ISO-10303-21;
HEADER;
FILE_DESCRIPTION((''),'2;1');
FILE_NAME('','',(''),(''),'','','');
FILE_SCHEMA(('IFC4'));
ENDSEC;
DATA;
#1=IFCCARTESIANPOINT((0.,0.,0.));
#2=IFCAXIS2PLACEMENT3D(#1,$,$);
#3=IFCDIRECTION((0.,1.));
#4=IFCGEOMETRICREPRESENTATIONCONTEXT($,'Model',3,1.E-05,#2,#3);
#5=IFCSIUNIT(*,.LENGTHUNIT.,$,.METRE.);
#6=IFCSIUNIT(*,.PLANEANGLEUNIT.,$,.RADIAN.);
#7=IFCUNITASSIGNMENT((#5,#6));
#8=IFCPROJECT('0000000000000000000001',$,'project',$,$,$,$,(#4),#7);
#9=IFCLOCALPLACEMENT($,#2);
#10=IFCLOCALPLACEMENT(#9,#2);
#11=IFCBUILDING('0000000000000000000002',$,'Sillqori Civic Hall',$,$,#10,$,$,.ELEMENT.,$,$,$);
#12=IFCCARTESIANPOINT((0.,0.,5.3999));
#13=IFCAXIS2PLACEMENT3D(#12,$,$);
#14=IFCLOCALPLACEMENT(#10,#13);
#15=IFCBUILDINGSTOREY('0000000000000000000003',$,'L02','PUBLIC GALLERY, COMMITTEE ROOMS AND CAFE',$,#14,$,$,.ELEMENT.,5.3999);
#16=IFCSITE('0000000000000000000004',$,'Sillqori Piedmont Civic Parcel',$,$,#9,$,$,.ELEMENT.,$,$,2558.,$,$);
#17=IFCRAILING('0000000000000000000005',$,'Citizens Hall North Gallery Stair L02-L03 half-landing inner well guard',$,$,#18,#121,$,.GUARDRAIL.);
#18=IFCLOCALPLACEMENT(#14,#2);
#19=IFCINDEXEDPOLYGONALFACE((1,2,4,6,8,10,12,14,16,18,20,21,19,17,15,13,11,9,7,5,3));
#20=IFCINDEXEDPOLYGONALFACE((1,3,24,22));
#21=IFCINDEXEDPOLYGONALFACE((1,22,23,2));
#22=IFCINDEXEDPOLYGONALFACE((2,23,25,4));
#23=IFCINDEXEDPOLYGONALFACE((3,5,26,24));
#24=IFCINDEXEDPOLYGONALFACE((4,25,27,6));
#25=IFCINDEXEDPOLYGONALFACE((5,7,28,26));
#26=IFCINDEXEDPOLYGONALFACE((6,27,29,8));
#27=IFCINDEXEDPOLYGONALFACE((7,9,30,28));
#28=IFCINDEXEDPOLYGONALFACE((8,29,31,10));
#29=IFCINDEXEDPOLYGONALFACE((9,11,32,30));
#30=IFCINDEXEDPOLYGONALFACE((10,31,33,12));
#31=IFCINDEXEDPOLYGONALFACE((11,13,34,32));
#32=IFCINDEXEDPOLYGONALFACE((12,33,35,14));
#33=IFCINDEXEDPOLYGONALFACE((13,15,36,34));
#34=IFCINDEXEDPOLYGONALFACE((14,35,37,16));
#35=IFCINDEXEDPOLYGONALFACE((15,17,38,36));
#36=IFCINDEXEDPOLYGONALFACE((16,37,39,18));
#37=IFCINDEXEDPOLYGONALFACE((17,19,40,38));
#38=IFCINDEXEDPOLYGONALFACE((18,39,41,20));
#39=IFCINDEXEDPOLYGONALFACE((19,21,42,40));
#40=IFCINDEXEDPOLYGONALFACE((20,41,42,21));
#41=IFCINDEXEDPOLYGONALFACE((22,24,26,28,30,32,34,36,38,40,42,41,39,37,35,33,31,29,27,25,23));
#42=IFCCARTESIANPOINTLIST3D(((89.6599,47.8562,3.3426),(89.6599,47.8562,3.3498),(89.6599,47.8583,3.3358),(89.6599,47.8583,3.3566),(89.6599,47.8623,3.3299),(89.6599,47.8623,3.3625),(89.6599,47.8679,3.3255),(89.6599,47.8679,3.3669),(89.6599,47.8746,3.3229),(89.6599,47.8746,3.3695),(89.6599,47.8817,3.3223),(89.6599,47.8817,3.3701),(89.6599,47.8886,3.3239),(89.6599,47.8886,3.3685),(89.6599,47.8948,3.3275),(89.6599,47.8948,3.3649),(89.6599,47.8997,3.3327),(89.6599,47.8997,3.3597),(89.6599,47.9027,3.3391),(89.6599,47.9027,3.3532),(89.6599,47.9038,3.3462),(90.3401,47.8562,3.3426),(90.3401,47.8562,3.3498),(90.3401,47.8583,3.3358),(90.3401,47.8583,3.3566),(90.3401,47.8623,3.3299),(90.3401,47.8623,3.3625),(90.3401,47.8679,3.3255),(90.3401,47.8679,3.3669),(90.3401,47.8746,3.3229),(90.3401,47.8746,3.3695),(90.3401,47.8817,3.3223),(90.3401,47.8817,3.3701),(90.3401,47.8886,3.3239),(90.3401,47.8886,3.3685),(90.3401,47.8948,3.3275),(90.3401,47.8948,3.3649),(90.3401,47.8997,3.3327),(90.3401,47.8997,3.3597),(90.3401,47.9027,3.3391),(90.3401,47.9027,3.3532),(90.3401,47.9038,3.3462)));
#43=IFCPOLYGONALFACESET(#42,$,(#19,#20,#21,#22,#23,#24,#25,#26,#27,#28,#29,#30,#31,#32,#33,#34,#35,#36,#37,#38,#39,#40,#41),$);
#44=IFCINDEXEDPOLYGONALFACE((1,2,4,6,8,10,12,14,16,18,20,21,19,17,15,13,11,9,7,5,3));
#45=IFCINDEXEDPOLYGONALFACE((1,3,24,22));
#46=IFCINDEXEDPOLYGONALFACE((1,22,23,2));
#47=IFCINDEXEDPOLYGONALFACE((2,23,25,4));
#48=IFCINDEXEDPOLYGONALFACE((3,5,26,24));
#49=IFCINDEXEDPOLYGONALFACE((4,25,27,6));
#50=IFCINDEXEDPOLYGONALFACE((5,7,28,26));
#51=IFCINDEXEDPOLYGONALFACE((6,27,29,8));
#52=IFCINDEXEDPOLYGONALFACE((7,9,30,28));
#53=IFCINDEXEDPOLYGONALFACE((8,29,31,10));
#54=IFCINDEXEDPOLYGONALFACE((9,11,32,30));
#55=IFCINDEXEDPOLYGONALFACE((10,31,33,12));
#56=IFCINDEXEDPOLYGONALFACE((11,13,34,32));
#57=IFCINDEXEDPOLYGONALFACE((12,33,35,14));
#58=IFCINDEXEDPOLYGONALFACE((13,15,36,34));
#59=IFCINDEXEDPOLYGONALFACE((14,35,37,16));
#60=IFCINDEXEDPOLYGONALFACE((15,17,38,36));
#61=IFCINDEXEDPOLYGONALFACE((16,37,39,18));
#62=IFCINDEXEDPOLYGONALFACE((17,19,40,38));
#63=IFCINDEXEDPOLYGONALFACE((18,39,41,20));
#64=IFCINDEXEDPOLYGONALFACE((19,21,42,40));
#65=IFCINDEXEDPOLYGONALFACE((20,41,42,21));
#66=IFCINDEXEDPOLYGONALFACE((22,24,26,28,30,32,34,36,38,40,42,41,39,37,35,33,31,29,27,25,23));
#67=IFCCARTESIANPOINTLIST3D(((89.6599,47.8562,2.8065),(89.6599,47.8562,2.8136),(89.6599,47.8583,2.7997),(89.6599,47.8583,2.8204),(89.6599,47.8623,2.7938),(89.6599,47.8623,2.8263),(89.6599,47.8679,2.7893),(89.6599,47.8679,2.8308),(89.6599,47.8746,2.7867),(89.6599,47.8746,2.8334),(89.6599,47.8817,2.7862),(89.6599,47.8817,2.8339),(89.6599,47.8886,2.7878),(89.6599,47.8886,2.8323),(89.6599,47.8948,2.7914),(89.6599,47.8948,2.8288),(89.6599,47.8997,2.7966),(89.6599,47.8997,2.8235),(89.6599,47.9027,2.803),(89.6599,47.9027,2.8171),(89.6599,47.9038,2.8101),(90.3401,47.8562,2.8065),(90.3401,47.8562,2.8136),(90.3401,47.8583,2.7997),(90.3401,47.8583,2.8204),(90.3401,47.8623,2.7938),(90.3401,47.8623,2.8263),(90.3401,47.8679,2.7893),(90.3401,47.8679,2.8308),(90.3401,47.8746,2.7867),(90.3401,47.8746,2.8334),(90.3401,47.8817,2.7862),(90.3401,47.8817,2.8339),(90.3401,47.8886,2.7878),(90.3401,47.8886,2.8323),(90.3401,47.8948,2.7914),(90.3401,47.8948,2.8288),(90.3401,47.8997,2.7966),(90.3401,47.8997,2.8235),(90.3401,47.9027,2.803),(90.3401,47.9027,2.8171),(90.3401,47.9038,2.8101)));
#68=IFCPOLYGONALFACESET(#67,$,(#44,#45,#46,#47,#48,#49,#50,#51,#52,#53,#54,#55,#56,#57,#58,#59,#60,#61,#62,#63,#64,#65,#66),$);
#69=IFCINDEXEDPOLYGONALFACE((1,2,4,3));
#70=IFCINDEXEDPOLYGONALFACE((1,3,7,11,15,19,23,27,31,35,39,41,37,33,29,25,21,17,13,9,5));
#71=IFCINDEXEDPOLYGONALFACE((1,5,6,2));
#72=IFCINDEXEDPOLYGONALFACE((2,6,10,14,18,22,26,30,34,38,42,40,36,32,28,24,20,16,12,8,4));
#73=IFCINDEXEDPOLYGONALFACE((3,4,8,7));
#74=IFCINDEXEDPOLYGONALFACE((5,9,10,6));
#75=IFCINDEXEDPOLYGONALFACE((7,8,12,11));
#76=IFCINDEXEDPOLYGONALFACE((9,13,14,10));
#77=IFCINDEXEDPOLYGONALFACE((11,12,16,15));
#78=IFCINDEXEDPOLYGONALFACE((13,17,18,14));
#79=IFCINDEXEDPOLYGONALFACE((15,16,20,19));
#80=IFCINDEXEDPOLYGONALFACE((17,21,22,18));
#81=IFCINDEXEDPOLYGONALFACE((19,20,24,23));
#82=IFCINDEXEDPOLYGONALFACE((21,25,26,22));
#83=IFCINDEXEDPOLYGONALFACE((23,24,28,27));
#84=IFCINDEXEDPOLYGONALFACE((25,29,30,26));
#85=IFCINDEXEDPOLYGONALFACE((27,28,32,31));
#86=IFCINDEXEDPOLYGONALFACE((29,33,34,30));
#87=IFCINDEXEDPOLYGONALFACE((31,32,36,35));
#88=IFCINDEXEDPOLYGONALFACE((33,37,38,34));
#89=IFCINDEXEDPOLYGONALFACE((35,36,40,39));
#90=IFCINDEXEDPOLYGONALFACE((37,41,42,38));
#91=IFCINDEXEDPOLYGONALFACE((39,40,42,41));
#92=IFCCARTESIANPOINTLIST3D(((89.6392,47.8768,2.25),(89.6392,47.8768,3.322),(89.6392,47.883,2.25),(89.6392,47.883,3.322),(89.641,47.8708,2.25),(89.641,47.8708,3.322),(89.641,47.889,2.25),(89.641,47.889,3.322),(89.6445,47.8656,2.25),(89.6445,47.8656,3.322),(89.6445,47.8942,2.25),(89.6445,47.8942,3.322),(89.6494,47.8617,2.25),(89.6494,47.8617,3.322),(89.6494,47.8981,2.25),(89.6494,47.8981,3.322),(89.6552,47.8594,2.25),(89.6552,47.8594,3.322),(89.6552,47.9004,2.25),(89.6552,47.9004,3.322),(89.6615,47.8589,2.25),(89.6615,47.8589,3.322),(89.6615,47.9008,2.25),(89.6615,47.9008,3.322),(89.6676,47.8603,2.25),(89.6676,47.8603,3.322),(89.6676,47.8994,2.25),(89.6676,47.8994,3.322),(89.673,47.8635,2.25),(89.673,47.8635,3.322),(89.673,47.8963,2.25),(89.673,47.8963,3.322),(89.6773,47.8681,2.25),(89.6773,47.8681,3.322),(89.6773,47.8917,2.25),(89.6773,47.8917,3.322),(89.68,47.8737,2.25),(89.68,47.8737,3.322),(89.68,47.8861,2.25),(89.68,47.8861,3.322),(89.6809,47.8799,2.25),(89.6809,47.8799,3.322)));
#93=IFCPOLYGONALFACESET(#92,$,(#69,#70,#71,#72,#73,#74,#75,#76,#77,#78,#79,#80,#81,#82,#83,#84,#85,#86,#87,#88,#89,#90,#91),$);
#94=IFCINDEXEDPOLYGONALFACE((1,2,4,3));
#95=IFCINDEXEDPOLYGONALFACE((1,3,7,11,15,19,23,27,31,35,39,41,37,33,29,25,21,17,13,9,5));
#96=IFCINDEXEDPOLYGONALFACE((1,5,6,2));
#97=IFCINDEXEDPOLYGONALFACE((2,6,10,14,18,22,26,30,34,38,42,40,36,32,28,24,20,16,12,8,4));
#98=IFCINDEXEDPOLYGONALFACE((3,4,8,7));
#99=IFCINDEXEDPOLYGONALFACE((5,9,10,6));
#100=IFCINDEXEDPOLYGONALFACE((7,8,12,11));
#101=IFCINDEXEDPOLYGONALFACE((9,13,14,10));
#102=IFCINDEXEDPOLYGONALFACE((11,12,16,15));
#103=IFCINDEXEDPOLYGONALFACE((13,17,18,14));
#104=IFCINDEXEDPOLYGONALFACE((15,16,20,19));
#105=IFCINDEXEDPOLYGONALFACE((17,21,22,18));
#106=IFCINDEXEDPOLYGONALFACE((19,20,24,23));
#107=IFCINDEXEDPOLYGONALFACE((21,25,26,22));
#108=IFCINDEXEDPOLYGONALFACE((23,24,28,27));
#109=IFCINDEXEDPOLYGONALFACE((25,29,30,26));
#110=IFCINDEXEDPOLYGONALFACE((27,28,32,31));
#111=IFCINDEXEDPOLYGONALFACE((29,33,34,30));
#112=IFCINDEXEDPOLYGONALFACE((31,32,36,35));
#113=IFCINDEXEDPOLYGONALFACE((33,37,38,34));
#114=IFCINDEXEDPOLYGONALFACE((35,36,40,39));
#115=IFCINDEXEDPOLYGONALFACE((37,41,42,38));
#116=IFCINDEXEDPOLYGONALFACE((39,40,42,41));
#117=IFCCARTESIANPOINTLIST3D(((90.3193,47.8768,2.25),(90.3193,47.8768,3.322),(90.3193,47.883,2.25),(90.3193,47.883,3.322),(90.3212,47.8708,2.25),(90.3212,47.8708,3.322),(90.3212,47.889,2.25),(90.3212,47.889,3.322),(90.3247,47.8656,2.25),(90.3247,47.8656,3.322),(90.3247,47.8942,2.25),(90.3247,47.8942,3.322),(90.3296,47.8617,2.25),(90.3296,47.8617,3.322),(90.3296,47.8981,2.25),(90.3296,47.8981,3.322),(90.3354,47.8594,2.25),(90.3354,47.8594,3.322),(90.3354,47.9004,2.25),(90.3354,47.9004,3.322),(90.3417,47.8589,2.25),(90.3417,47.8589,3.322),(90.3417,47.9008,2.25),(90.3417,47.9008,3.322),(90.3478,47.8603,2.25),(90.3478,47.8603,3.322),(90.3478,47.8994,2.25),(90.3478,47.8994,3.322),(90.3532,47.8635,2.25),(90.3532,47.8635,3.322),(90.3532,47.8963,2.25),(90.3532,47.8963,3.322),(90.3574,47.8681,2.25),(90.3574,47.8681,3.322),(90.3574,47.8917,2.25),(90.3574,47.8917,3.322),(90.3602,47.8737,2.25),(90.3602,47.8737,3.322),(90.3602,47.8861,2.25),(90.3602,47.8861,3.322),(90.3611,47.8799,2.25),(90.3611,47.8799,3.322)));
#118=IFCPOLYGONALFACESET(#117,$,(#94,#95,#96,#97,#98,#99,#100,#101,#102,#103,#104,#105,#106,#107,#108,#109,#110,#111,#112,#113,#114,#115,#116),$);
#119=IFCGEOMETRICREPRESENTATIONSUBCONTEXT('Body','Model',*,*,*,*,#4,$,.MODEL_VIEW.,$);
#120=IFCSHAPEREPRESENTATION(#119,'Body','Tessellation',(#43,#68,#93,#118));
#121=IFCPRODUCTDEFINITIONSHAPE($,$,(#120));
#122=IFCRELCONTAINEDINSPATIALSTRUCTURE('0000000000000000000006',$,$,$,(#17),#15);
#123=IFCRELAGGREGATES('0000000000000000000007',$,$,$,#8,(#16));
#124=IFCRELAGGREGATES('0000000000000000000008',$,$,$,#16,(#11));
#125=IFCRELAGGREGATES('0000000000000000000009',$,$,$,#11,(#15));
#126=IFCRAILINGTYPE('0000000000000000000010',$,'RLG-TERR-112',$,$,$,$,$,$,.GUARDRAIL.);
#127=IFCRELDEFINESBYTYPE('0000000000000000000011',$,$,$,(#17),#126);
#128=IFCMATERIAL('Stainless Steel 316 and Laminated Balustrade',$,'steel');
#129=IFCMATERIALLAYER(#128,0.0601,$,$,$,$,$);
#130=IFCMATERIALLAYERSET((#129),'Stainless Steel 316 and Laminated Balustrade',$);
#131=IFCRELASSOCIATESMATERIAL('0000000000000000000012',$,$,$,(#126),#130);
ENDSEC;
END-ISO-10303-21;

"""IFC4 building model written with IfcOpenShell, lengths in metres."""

from ifc_helpers import new_model, si_unit, direction, frame, origin, origin_2d, place, context, subcontext, project, spatial, circle, extrude, material, layer, layer_set, type_object, element, save


model = new_model("IFC4")

# Units and contexts
model_context = context("Model", 3, precision=1e-05, world=origin(), true_north=direction((0.0, 1.0)))
body_context = subcontext(model_context, "Body", "Model", "MODEL_VIEW")
ifc_project = project(units=[si_unit("LENGTHUNIT", "METRE"), si_unit("PLANEANGLEUNIT", "RADIAN")], contexts=[model_context])

# Site, building, storey
site_placement = place(None, origin())
site = spatial("IfcSite", under=ifc_project, at=site_placement, Name="Sillqori Piedmont Civic Parcel", CompositionType="ELEMENT", RefElevation=2558.0)
building_placement = place(site_placement, origin())
building = spatial("IfcBuilding", under=site, at=building_placement, Name="Sillqori Civic Hall", CompositionType="ELEMENT")
storey_placement = place(building_placement, frame((0.0, 0.0, 5.3999)))
storey = spatial("IfcBuildingStorey", under=building, at=storey_placement, Name="L02", Description="PUBLIC GALLERY, COMMITTEE ROOMS AND CAFE", CompositionType="ELEMENT", Elevation=5.3999)

# Railing
ifc_material_1 = material(Name="Stainless Steel 316 and Laminated Balustrade", Category="steel")
ifc_layer_1 = layer(ifc_material_1, 0.0601)
ifc_layer_set_1 = layer_set([ifc_layer_1], Name="Stainless Steel 316 and Laminated Balustrade")
railing_type_1 = type_object("IfcRailingType", Name="RLG-TERR-112", PredefinedType="GUARDRAIL", material=ifc_layer_set_1)
railing_1_placement = place(storey_placement, frame((89.6599, 47.8799, 2.25)))
element("IfcRailing", 1, at=railing_1_placement, inside=storey, type_object=railing_type_1, Name="Citizens Hall North Gallery Stair L02-L03 half-landing inner well guard", PredefinedType="GUARDRAIL", context=body_context, shape_type="SweptSolid", body=[
    extrude(circle(Radius=0.0239, at=origin_2d()), frame((0.0, 0.0, 1.0962), z_axis=(1.0, 0.0, 0.0), x_axis=(0.0, 1.0, 0.0)), (0.0, 0.0, 1.0), 0.6802),
    extrude(circle(Radius=0.0239, at=origin_2d()), frame((0.0, 0.0, 0.5601), z_axis=(1.0, 0.0, 0.0), x_axis=(0.0, 1.0, 0.0)), (0.0, 0.0, 1.0), 0.6802),
    extrude(circle(Radius=0.021, at=origin_2d()), origin(), (0.0, 0.0, 1.0), 1.072),
    extrude(circle(Radius=0.021, at=origin_2d()), frame((0.6802, 0.0, 0.0)), (0.0, 0.0, 1.0), 1.072),
])

save(model, "model.ifc")
